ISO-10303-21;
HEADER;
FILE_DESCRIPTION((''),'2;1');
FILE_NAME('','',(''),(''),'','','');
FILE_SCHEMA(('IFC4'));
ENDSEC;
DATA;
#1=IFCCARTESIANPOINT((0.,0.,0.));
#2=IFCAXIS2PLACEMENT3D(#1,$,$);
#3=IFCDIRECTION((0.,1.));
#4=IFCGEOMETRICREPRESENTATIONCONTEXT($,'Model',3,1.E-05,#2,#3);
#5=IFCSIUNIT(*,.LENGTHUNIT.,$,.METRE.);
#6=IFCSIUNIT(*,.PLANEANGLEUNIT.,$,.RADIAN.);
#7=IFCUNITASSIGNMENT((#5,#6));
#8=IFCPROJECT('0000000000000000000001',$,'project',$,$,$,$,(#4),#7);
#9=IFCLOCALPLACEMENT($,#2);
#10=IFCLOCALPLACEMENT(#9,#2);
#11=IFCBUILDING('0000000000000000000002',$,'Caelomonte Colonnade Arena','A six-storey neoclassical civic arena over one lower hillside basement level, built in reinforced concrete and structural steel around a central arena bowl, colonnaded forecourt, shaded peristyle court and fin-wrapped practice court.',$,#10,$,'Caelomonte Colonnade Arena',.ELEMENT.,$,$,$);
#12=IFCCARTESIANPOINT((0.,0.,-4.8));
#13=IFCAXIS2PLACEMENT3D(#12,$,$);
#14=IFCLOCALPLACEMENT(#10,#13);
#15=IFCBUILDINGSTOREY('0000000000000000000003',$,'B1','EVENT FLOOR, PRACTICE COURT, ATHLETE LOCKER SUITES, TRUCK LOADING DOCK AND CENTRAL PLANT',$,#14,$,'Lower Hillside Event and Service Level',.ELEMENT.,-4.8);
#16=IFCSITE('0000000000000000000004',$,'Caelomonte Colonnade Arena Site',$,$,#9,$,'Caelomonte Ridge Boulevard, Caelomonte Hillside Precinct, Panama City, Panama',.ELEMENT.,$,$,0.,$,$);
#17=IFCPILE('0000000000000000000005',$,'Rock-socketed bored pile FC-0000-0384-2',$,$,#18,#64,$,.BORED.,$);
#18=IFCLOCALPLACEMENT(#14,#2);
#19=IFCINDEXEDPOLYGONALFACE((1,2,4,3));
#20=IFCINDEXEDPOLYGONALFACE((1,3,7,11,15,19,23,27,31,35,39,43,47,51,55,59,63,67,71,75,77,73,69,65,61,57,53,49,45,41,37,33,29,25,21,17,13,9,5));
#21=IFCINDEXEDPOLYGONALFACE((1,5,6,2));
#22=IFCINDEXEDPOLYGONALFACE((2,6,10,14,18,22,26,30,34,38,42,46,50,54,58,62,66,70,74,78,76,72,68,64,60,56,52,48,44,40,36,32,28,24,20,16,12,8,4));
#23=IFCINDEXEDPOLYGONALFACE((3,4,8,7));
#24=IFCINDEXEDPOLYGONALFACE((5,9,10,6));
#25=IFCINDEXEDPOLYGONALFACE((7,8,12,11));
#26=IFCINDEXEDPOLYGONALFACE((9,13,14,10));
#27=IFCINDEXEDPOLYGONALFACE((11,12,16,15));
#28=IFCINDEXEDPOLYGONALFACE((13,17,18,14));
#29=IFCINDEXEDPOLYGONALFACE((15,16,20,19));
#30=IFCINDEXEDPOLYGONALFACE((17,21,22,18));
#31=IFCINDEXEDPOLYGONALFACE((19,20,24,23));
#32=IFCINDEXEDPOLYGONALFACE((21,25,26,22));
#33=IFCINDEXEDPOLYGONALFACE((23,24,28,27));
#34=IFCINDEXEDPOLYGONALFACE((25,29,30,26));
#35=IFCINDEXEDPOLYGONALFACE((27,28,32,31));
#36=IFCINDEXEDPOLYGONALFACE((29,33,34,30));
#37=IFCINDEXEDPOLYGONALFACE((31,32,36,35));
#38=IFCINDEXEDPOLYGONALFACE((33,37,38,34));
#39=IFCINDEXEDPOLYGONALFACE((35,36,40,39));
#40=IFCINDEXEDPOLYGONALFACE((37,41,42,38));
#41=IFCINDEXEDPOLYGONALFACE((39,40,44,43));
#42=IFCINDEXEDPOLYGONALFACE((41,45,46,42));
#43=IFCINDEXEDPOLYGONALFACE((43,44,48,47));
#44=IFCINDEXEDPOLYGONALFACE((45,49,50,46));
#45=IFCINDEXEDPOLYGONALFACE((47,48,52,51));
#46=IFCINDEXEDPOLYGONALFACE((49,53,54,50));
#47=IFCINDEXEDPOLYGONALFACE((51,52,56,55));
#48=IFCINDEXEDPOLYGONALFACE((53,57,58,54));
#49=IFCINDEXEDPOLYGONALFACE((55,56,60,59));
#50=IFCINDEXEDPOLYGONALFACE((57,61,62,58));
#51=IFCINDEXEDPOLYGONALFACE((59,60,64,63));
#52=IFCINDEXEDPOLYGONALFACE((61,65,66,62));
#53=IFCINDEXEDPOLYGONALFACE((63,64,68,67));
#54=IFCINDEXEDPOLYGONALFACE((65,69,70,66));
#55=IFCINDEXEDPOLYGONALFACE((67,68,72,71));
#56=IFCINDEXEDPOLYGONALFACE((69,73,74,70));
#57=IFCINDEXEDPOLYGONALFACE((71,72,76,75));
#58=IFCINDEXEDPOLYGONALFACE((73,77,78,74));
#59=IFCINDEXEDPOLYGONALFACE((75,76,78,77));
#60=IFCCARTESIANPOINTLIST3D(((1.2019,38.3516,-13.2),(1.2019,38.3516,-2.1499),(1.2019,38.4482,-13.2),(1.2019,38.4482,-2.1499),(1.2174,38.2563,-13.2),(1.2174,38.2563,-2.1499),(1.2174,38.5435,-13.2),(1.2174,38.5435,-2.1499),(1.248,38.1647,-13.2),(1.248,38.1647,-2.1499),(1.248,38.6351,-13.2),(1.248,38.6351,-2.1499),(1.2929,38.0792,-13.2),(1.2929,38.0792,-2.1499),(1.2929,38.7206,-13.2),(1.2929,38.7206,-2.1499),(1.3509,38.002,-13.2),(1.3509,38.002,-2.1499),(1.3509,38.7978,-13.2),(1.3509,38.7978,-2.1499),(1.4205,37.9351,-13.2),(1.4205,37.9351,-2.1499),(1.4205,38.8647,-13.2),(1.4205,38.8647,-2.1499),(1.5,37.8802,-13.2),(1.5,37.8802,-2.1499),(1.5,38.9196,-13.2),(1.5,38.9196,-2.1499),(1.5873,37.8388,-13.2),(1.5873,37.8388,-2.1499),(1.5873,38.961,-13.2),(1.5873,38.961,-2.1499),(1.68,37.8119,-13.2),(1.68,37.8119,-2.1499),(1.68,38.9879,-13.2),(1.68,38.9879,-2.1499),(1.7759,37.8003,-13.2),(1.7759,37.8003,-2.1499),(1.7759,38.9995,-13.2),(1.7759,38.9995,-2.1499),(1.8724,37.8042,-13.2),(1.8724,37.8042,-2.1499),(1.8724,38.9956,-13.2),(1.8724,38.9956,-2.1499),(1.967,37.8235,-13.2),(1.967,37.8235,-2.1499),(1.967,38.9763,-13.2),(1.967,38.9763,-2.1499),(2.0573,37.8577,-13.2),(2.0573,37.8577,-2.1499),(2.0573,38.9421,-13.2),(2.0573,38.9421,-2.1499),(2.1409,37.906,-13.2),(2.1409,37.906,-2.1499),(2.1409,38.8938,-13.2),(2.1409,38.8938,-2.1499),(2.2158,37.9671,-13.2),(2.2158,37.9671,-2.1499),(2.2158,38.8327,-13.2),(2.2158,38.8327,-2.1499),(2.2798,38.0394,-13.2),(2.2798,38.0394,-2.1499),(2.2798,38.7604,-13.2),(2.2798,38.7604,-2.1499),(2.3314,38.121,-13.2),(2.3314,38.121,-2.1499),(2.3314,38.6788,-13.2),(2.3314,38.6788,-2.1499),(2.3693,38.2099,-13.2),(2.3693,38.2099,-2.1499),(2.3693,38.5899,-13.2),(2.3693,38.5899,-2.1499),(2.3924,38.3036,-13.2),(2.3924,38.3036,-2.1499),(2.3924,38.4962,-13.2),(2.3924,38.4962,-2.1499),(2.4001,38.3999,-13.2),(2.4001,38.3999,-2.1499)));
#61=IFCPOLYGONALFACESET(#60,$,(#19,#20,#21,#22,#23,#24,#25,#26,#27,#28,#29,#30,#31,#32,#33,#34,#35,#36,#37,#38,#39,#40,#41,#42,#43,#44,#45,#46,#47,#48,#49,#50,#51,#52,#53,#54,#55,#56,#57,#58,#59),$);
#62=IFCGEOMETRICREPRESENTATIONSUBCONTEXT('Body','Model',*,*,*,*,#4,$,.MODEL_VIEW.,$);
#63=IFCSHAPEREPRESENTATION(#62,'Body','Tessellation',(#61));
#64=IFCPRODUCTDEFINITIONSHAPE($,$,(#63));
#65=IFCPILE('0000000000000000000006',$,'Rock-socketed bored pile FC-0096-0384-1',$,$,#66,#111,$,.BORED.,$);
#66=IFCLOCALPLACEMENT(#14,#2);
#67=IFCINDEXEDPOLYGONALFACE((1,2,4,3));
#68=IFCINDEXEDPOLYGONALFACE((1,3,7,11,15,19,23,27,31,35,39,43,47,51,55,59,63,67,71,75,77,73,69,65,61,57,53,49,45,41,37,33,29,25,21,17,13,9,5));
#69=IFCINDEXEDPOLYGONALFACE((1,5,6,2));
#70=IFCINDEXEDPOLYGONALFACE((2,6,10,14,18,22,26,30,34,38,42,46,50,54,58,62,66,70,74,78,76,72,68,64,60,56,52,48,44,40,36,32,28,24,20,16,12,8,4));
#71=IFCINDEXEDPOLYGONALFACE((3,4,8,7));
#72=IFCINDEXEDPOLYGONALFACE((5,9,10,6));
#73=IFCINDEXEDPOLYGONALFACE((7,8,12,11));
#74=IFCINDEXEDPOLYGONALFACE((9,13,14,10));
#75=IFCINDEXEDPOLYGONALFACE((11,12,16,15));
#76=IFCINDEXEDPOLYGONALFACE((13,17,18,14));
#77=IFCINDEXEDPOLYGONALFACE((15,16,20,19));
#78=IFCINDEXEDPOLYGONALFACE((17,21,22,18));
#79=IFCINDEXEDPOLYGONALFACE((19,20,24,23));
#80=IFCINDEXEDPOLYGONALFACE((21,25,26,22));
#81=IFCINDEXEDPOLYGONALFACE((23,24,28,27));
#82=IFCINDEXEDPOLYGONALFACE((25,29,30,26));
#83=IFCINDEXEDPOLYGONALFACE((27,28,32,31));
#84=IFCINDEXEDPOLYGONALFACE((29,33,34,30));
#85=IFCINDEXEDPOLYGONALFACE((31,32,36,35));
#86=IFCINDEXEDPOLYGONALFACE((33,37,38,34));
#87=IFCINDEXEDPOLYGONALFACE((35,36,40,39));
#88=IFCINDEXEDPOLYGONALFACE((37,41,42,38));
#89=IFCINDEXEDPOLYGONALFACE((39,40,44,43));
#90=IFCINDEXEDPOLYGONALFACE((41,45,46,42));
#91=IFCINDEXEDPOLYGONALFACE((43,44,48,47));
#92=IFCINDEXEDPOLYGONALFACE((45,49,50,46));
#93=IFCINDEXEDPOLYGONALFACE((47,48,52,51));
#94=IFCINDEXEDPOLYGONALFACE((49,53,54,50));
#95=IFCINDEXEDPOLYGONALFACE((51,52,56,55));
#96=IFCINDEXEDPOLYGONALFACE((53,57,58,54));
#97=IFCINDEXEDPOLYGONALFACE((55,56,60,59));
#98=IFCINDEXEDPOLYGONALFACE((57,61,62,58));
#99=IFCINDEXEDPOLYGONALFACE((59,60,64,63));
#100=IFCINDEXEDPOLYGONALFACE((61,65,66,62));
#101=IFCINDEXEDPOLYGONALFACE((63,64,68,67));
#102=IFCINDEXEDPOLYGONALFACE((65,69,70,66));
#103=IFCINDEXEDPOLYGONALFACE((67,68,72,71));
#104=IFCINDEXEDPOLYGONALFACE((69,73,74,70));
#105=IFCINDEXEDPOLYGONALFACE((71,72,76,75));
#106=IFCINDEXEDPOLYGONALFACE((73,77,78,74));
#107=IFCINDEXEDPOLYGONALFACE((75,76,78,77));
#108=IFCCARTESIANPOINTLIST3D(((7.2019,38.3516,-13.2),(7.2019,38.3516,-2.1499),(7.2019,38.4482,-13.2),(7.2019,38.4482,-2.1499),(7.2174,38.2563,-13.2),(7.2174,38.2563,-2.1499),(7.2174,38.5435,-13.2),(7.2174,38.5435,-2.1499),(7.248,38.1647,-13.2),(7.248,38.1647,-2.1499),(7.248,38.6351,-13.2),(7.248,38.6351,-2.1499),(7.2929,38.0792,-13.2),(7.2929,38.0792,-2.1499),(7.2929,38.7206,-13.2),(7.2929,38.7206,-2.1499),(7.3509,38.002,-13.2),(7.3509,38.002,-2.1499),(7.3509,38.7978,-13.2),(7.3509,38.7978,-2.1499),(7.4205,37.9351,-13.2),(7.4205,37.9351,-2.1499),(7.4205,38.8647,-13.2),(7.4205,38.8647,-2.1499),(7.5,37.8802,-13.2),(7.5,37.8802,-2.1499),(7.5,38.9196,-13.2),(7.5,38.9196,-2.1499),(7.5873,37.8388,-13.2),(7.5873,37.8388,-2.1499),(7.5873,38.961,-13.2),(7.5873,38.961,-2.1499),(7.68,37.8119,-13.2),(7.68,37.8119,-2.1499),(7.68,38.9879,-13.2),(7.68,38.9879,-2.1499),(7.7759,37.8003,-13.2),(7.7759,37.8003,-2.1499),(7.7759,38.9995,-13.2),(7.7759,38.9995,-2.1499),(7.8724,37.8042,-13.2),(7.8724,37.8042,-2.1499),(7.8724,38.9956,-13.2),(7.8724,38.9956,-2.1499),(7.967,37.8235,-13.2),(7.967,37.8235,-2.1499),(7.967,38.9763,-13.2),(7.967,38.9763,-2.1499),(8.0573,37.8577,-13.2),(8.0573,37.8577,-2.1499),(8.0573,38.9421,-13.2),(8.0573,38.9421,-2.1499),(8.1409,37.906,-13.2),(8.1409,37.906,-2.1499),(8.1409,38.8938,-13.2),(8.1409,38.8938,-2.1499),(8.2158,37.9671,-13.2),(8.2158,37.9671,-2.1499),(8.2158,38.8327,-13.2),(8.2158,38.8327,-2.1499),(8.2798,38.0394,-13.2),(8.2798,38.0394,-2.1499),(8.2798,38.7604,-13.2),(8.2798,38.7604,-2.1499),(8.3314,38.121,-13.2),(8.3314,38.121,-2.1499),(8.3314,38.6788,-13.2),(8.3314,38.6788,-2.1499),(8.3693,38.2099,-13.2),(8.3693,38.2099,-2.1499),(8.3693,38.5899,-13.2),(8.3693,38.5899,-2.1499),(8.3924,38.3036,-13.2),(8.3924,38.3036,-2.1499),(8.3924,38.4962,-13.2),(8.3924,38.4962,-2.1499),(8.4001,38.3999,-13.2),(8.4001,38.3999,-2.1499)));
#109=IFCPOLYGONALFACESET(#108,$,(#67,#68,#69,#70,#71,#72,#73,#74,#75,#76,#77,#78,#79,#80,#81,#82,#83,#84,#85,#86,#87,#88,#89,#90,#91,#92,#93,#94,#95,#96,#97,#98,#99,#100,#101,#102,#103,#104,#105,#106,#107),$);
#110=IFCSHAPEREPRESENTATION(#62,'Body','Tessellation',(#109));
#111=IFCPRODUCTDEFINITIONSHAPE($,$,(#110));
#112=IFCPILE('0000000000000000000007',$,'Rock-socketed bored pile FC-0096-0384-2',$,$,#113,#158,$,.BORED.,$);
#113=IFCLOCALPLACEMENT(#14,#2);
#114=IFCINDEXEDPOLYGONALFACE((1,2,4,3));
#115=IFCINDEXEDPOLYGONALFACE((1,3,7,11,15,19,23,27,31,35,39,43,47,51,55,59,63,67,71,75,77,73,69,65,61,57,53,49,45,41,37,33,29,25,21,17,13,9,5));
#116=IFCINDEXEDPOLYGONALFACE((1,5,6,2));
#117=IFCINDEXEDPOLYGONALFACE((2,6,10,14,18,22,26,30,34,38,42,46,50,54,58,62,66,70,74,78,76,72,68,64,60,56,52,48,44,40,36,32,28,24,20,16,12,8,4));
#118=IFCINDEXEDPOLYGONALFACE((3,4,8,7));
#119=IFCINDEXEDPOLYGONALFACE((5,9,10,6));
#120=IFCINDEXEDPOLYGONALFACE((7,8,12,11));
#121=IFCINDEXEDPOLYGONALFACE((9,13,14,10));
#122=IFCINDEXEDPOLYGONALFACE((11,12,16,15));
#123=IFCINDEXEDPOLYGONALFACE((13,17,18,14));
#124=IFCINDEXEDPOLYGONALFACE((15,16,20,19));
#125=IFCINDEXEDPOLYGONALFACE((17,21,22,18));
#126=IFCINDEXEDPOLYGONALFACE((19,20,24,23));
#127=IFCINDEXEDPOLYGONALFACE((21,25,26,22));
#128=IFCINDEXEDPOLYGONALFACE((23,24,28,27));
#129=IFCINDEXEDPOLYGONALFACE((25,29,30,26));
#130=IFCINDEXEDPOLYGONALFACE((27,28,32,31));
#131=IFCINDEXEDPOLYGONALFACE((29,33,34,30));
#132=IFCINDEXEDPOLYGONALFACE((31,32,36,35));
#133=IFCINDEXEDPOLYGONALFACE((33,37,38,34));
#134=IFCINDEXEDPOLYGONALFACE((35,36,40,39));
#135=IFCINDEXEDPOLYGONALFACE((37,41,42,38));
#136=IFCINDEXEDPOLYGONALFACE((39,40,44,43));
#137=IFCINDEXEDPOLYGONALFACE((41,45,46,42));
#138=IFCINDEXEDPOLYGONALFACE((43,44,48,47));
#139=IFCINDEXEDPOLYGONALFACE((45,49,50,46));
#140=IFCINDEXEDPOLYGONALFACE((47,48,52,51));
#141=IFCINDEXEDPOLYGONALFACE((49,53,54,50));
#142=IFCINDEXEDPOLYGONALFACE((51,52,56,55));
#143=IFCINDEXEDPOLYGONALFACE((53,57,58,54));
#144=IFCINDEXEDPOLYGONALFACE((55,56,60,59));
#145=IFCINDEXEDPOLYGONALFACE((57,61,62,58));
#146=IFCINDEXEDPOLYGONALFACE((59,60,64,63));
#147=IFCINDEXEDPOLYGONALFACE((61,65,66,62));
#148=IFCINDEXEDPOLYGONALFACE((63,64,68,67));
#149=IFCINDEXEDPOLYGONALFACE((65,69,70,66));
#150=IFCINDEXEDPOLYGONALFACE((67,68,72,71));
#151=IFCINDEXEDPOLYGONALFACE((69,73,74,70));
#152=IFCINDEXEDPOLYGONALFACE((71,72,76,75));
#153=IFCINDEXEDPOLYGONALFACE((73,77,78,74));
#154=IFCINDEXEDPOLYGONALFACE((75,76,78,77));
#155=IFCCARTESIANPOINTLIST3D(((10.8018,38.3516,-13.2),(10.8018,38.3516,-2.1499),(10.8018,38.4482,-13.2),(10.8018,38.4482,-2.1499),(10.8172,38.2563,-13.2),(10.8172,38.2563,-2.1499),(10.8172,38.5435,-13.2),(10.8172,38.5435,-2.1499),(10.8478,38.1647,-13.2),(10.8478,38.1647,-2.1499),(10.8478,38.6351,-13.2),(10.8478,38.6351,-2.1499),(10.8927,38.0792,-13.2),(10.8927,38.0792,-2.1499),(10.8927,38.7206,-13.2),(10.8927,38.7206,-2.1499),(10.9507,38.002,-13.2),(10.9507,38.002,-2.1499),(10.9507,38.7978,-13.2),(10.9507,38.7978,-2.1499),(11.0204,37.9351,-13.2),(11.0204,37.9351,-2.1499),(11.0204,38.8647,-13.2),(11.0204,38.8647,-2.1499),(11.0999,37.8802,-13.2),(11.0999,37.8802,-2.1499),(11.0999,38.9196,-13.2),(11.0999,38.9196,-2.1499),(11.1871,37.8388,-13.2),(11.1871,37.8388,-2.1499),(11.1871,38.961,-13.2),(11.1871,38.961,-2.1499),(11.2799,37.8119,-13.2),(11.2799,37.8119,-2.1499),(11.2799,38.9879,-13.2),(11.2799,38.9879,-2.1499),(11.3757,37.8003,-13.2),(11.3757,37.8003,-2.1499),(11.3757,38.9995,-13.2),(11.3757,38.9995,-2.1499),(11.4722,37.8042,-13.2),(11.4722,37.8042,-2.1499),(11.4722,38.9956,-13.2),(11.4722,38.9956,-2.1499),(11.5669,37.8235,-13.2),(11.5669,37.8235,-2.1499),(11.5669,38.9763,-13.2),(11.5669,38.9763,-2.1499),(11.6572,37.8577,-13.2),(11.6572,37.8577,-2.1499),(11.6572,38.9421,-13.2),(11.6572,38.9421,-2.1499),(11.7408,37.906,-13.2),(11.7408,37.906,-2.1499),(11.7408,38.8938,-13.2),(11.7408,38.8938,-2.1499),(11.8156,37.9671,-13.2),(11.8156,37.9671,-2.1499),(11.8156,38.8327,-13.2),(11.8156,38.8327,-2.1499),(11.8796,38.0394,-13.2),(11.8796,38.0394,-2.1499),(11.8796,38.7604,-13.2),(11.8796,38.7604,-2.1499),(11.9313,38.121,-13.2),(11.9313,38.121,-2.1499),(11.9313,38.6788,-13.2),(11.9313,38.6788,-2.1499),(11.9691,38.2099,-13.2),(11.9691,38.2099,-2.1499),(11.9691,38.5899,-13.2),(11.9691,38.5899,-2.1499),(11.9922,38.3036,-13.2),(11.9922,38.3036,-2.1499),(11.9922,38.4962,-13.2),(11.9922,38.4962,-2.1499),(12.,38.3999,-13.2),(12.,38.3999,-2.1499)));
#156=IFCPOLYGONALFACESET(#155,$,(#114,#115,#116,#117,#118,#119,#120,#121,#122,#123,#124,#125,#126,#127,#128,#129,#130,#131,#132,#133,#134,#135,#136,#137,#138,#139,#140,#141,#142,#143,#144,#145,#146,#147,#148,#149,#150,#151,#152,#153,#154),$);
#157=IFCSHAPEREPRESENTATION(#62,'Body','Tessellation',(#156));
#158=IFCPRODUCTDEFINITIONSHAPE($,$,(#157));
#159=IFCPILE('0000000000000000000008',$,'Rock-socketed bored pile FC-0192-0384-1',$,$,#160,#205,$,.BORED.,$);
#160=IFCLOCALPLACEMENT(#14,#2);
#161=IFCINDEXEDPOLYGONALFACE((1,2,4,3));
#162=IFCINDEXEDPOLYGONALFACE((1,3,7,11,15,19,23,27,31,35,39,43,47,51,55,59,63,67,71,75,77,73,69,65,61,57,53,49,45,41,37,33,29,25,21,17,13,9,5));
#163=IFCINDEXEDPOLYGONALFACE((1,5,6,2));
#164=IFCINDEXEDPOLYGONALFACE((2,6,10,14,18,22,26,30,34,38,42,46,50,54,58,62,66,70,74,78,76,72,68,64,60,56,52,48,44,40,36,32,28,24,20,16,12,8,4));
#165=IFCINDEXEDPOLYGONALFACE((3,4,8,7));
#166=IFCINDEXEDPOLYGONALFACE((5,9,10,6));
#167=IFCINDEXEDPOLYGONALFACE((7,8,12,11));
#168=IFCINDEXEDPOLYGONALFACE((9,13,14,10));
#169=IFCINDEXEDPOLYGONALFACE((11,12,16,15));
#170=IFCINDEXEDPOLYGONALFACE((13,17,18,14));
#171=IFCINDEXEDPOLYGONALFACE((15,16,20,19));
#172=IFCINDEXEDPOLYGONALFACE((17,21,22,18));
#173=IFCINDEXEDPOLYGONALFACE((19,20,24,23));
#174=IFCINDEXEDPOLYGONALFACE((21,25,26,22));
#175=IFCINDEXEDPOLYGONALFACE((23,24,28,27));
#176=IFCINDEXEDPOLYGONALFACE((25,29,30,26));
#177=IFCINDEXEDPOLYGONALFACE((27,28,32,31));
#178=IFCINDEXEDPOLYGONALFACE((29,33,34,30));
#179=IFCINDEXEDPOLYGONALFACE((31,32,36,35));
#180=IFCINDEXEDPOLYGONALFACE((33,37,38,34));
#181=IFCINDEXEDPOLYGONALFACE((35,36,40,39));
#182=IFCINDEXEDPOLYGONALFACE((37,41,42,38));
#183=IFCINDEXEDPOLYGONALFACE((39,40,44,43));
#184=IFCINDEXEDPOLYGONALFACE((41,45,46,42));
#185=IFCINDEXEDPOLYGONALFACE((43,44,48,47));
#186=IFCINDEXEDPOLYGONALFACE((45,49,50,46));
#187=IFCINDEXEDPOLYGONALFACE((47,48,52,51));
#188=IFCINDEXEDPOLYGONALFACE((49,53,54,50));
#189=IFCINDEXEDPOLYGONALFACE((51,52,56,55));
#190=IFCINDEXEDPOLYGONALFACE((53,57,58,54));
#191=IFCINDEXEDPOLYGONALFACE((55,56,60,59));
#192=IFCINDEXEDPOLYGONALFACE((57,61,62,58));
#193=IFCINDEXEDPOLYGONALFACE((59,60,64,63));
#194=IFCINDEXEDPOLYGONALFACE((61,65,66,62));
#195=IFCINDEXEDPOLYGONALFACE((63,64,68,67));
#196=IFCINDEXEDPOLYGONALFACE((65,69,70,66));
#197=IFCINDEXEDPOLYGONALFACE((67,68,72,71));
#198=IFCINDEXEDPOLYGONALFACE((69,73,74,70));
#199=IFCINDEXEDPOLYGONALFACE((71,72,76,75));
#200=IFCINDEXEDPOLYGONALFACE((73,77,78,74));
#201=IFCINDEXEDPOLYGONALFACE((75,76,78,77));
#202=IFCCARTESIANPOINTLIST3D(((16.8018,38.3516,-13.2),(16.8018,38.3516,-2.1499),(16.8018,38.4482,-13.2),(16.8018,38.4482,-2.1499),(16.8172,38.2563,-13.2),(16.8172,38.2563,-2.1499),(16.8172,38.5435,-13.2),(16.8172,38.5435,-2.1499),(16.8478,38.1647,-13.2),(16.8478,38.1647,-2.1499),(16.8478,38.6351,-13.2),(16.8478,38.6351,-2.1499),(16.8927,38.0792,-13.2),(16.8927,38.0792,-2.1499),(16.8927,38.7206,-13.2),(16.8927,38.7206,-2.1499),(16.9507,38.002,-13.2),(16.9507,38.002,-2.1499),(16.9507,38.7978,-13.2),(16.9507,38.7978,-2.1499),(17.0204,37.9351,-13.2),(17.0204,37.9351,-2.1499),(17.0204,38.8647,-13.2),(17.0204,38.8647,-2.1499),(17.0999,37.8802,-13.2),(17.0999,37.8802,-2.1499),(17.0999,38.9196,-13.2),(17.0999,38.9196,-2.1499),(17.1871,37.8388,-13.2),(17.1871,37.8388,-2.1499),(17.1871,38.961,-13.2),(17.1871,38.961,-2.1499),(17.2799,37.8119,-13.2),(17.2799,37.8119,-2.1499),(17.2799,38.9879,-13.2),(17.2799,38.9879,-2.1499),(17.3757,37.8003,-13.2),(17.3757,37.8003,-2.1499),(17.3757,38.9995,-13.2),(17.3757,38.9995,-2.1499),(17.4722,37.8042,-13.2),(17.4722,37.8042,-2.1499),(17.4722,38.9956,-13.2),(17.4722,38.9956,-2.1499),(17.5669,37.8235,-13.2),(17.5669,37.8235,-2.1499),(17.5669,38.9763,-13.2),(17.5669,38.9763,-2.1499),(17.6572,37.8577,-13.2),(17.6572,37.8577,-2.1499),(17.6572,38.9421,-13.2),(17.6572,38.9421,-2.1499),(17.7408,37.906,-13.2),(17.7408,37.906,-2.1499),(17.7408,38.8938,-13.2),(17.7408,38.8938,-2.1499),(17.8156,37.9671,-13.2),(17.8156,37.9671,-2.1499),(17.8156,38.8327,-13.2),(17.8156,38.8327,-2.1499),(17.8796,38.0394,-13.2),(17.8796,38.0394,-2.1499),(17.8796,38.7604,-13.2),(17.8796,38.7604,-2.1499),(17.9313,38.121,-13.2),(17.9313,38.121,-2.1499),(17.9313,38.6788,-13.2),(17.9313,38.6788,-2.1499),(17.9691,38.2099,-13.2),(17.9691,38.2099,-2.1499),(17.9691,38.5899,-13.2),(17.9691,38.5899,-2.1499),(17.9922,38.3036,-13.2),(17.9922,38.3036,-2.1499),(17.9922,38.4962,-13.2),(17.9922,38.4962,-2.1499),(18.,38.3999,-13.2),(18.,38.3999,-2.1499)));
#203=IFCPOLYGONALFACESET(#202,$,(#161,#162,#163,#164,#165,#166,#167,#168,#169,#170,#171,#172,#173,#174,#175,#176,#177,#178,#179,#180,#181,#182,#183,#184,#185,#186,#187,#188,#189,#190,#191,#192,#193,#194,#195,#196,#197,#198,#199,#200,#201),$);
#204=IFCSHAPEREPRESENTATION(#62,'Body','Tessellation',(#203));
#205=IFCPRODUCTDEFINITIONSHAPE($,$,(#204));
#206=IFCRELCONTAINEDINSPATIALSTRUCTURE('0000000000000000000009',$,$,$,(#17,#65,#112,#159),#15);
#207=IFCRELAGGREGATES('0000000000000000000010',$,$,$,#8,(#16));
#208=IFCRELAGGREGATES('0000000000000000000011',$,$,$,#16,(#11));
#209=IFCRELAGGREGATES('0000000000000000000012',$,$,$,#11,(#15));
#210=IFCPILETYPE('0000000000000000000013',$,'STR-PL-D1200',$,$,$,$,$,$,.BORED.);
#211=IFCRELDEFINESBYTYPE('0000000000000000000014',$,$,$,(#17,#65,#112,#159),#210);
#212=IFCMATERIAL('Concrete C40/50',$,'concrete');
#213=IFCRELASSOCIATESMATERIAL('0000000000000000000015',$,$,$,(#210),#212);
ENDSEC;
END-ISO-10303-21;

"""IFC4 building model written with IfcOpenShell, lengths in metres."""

from ifc_helpers import new_model, si_unit, direction, frame, origin, origin_2d, place, context, subcontext, project, spatial, circle, extrude, material, material_profile, profile_set, type_object, element, save


model = new_model("IFC4")

# Units and contexts
model_context = context("Model", 3, precision=1e-05, world=origin(), true_north=direction((0.0, 1.0)))
body_context = subcontext(model_context, "Body", "Model", "MODEL_VIEW")
ifc_project = project(units=[si_unit("LENGTHUNIT", "METRE"), si_unit("PLANEANGLEUNIT", "RADIAN")], contexts=[model_context])

# Site, building, storey
site_placement = place(None, origin())
site = spatial("IfcSite", under=ifc_project, at=site_placement, Name="Caelomonte Colonnade Arena Site", LongName="Caelomonte Ridge Boulevard, Caelomonte Hillside Precinct, Panama City, Panama", CompositionType="ELEMENT", RefElevation=0.0)
building_placement = place(site_placement, origin())
building = spatial("IfcBuilding", under=site, at=building_placement, Name="Caelomonte Colonnade Arena", Description="A six-storey neoclassical civic arena over one lower hillside basement level, built in reinforced concrete and structural steel around a central arena bowl, colonnaded forecourt, shaded peristyle court and fin-wrapped practice court.", LongName="Caelomonte Colonnade Arena", CompositionType="ELEMENT")
storey_placement = place(building_placement, frame((0.0, 0.0, -4.8)))
storey = spatial("IfcBuildingStorey", under=building, at=storey_placement, Name="B1", Description="EVENT FLOOR, PRACTICE COURT, ATHLETE LOCKER SUITES, TRUCK LOADING DOCK AND CENTRAL PLANT", LongName="Lower Hillside Event and Service Level", CompositionType="ELEMENT", Elevation=-4.8)

# Shared definitions
ifc_material_1 = material(Name="Concrete C40/50", Category="concrete")

# Piles
ifc_material_profile_1 = material_profile(ifc_material_1, circle(Radius=0.6001, at=origin_2d()), Name="PILE-D1200")
ifc_profile_set_1 = profile_set([ifc_material_profile_1], Name="Concrete C40/50")
pile_type_1 = type_object("IfcPileType", Name="STR-PL-D1200", PredefinedType="BORED", material=ifc_profile_set_1)
for number, where, z_axis, x_axis, name in (
    (1, (1.8, 38.3999, -2.1499), (0.0, 0.0, -1.0), (1.0, 0.0, 0.0), "Rock-socketed bored pile FC-0000-0384-2"),
    (2, (7.8, 38.3999, -2.1499), (0.0, 0.0, -1.0), (1.0, 0.0, 0.0), "Rock-socketed bored pile FC-0096-0384-1"),
    (3, (11.3999, 38.3999, -2.1499), (0.0, 0.0, -1.0), (1.0, 0.0, 0.0), "Rock-socketed bored pile FC-0096-0384-2"),
    (4, (17.3999, 38.3999, -2.1499), (0.0, 0.0, -1.0), (1.0, 0.0, 0.0), "Rock-socketed bored pile FC-0192-0384-1"),
):
    element("IfcPile", number, at=place(storey_placement, frame(where, z_axis=z_axis, x_axis=x_axis)), inside=storey, type_object=pile_type_1, Name=name, PredefinedType="BORED", context=body_context, shape_type="SweptSolid", body=[
        extrude(circle(Radius=0.6001, at=origin_2d()), origin(), (0.0, 0.0, 1.0), 11.05),
    ])

save(model, "model.ifc")
